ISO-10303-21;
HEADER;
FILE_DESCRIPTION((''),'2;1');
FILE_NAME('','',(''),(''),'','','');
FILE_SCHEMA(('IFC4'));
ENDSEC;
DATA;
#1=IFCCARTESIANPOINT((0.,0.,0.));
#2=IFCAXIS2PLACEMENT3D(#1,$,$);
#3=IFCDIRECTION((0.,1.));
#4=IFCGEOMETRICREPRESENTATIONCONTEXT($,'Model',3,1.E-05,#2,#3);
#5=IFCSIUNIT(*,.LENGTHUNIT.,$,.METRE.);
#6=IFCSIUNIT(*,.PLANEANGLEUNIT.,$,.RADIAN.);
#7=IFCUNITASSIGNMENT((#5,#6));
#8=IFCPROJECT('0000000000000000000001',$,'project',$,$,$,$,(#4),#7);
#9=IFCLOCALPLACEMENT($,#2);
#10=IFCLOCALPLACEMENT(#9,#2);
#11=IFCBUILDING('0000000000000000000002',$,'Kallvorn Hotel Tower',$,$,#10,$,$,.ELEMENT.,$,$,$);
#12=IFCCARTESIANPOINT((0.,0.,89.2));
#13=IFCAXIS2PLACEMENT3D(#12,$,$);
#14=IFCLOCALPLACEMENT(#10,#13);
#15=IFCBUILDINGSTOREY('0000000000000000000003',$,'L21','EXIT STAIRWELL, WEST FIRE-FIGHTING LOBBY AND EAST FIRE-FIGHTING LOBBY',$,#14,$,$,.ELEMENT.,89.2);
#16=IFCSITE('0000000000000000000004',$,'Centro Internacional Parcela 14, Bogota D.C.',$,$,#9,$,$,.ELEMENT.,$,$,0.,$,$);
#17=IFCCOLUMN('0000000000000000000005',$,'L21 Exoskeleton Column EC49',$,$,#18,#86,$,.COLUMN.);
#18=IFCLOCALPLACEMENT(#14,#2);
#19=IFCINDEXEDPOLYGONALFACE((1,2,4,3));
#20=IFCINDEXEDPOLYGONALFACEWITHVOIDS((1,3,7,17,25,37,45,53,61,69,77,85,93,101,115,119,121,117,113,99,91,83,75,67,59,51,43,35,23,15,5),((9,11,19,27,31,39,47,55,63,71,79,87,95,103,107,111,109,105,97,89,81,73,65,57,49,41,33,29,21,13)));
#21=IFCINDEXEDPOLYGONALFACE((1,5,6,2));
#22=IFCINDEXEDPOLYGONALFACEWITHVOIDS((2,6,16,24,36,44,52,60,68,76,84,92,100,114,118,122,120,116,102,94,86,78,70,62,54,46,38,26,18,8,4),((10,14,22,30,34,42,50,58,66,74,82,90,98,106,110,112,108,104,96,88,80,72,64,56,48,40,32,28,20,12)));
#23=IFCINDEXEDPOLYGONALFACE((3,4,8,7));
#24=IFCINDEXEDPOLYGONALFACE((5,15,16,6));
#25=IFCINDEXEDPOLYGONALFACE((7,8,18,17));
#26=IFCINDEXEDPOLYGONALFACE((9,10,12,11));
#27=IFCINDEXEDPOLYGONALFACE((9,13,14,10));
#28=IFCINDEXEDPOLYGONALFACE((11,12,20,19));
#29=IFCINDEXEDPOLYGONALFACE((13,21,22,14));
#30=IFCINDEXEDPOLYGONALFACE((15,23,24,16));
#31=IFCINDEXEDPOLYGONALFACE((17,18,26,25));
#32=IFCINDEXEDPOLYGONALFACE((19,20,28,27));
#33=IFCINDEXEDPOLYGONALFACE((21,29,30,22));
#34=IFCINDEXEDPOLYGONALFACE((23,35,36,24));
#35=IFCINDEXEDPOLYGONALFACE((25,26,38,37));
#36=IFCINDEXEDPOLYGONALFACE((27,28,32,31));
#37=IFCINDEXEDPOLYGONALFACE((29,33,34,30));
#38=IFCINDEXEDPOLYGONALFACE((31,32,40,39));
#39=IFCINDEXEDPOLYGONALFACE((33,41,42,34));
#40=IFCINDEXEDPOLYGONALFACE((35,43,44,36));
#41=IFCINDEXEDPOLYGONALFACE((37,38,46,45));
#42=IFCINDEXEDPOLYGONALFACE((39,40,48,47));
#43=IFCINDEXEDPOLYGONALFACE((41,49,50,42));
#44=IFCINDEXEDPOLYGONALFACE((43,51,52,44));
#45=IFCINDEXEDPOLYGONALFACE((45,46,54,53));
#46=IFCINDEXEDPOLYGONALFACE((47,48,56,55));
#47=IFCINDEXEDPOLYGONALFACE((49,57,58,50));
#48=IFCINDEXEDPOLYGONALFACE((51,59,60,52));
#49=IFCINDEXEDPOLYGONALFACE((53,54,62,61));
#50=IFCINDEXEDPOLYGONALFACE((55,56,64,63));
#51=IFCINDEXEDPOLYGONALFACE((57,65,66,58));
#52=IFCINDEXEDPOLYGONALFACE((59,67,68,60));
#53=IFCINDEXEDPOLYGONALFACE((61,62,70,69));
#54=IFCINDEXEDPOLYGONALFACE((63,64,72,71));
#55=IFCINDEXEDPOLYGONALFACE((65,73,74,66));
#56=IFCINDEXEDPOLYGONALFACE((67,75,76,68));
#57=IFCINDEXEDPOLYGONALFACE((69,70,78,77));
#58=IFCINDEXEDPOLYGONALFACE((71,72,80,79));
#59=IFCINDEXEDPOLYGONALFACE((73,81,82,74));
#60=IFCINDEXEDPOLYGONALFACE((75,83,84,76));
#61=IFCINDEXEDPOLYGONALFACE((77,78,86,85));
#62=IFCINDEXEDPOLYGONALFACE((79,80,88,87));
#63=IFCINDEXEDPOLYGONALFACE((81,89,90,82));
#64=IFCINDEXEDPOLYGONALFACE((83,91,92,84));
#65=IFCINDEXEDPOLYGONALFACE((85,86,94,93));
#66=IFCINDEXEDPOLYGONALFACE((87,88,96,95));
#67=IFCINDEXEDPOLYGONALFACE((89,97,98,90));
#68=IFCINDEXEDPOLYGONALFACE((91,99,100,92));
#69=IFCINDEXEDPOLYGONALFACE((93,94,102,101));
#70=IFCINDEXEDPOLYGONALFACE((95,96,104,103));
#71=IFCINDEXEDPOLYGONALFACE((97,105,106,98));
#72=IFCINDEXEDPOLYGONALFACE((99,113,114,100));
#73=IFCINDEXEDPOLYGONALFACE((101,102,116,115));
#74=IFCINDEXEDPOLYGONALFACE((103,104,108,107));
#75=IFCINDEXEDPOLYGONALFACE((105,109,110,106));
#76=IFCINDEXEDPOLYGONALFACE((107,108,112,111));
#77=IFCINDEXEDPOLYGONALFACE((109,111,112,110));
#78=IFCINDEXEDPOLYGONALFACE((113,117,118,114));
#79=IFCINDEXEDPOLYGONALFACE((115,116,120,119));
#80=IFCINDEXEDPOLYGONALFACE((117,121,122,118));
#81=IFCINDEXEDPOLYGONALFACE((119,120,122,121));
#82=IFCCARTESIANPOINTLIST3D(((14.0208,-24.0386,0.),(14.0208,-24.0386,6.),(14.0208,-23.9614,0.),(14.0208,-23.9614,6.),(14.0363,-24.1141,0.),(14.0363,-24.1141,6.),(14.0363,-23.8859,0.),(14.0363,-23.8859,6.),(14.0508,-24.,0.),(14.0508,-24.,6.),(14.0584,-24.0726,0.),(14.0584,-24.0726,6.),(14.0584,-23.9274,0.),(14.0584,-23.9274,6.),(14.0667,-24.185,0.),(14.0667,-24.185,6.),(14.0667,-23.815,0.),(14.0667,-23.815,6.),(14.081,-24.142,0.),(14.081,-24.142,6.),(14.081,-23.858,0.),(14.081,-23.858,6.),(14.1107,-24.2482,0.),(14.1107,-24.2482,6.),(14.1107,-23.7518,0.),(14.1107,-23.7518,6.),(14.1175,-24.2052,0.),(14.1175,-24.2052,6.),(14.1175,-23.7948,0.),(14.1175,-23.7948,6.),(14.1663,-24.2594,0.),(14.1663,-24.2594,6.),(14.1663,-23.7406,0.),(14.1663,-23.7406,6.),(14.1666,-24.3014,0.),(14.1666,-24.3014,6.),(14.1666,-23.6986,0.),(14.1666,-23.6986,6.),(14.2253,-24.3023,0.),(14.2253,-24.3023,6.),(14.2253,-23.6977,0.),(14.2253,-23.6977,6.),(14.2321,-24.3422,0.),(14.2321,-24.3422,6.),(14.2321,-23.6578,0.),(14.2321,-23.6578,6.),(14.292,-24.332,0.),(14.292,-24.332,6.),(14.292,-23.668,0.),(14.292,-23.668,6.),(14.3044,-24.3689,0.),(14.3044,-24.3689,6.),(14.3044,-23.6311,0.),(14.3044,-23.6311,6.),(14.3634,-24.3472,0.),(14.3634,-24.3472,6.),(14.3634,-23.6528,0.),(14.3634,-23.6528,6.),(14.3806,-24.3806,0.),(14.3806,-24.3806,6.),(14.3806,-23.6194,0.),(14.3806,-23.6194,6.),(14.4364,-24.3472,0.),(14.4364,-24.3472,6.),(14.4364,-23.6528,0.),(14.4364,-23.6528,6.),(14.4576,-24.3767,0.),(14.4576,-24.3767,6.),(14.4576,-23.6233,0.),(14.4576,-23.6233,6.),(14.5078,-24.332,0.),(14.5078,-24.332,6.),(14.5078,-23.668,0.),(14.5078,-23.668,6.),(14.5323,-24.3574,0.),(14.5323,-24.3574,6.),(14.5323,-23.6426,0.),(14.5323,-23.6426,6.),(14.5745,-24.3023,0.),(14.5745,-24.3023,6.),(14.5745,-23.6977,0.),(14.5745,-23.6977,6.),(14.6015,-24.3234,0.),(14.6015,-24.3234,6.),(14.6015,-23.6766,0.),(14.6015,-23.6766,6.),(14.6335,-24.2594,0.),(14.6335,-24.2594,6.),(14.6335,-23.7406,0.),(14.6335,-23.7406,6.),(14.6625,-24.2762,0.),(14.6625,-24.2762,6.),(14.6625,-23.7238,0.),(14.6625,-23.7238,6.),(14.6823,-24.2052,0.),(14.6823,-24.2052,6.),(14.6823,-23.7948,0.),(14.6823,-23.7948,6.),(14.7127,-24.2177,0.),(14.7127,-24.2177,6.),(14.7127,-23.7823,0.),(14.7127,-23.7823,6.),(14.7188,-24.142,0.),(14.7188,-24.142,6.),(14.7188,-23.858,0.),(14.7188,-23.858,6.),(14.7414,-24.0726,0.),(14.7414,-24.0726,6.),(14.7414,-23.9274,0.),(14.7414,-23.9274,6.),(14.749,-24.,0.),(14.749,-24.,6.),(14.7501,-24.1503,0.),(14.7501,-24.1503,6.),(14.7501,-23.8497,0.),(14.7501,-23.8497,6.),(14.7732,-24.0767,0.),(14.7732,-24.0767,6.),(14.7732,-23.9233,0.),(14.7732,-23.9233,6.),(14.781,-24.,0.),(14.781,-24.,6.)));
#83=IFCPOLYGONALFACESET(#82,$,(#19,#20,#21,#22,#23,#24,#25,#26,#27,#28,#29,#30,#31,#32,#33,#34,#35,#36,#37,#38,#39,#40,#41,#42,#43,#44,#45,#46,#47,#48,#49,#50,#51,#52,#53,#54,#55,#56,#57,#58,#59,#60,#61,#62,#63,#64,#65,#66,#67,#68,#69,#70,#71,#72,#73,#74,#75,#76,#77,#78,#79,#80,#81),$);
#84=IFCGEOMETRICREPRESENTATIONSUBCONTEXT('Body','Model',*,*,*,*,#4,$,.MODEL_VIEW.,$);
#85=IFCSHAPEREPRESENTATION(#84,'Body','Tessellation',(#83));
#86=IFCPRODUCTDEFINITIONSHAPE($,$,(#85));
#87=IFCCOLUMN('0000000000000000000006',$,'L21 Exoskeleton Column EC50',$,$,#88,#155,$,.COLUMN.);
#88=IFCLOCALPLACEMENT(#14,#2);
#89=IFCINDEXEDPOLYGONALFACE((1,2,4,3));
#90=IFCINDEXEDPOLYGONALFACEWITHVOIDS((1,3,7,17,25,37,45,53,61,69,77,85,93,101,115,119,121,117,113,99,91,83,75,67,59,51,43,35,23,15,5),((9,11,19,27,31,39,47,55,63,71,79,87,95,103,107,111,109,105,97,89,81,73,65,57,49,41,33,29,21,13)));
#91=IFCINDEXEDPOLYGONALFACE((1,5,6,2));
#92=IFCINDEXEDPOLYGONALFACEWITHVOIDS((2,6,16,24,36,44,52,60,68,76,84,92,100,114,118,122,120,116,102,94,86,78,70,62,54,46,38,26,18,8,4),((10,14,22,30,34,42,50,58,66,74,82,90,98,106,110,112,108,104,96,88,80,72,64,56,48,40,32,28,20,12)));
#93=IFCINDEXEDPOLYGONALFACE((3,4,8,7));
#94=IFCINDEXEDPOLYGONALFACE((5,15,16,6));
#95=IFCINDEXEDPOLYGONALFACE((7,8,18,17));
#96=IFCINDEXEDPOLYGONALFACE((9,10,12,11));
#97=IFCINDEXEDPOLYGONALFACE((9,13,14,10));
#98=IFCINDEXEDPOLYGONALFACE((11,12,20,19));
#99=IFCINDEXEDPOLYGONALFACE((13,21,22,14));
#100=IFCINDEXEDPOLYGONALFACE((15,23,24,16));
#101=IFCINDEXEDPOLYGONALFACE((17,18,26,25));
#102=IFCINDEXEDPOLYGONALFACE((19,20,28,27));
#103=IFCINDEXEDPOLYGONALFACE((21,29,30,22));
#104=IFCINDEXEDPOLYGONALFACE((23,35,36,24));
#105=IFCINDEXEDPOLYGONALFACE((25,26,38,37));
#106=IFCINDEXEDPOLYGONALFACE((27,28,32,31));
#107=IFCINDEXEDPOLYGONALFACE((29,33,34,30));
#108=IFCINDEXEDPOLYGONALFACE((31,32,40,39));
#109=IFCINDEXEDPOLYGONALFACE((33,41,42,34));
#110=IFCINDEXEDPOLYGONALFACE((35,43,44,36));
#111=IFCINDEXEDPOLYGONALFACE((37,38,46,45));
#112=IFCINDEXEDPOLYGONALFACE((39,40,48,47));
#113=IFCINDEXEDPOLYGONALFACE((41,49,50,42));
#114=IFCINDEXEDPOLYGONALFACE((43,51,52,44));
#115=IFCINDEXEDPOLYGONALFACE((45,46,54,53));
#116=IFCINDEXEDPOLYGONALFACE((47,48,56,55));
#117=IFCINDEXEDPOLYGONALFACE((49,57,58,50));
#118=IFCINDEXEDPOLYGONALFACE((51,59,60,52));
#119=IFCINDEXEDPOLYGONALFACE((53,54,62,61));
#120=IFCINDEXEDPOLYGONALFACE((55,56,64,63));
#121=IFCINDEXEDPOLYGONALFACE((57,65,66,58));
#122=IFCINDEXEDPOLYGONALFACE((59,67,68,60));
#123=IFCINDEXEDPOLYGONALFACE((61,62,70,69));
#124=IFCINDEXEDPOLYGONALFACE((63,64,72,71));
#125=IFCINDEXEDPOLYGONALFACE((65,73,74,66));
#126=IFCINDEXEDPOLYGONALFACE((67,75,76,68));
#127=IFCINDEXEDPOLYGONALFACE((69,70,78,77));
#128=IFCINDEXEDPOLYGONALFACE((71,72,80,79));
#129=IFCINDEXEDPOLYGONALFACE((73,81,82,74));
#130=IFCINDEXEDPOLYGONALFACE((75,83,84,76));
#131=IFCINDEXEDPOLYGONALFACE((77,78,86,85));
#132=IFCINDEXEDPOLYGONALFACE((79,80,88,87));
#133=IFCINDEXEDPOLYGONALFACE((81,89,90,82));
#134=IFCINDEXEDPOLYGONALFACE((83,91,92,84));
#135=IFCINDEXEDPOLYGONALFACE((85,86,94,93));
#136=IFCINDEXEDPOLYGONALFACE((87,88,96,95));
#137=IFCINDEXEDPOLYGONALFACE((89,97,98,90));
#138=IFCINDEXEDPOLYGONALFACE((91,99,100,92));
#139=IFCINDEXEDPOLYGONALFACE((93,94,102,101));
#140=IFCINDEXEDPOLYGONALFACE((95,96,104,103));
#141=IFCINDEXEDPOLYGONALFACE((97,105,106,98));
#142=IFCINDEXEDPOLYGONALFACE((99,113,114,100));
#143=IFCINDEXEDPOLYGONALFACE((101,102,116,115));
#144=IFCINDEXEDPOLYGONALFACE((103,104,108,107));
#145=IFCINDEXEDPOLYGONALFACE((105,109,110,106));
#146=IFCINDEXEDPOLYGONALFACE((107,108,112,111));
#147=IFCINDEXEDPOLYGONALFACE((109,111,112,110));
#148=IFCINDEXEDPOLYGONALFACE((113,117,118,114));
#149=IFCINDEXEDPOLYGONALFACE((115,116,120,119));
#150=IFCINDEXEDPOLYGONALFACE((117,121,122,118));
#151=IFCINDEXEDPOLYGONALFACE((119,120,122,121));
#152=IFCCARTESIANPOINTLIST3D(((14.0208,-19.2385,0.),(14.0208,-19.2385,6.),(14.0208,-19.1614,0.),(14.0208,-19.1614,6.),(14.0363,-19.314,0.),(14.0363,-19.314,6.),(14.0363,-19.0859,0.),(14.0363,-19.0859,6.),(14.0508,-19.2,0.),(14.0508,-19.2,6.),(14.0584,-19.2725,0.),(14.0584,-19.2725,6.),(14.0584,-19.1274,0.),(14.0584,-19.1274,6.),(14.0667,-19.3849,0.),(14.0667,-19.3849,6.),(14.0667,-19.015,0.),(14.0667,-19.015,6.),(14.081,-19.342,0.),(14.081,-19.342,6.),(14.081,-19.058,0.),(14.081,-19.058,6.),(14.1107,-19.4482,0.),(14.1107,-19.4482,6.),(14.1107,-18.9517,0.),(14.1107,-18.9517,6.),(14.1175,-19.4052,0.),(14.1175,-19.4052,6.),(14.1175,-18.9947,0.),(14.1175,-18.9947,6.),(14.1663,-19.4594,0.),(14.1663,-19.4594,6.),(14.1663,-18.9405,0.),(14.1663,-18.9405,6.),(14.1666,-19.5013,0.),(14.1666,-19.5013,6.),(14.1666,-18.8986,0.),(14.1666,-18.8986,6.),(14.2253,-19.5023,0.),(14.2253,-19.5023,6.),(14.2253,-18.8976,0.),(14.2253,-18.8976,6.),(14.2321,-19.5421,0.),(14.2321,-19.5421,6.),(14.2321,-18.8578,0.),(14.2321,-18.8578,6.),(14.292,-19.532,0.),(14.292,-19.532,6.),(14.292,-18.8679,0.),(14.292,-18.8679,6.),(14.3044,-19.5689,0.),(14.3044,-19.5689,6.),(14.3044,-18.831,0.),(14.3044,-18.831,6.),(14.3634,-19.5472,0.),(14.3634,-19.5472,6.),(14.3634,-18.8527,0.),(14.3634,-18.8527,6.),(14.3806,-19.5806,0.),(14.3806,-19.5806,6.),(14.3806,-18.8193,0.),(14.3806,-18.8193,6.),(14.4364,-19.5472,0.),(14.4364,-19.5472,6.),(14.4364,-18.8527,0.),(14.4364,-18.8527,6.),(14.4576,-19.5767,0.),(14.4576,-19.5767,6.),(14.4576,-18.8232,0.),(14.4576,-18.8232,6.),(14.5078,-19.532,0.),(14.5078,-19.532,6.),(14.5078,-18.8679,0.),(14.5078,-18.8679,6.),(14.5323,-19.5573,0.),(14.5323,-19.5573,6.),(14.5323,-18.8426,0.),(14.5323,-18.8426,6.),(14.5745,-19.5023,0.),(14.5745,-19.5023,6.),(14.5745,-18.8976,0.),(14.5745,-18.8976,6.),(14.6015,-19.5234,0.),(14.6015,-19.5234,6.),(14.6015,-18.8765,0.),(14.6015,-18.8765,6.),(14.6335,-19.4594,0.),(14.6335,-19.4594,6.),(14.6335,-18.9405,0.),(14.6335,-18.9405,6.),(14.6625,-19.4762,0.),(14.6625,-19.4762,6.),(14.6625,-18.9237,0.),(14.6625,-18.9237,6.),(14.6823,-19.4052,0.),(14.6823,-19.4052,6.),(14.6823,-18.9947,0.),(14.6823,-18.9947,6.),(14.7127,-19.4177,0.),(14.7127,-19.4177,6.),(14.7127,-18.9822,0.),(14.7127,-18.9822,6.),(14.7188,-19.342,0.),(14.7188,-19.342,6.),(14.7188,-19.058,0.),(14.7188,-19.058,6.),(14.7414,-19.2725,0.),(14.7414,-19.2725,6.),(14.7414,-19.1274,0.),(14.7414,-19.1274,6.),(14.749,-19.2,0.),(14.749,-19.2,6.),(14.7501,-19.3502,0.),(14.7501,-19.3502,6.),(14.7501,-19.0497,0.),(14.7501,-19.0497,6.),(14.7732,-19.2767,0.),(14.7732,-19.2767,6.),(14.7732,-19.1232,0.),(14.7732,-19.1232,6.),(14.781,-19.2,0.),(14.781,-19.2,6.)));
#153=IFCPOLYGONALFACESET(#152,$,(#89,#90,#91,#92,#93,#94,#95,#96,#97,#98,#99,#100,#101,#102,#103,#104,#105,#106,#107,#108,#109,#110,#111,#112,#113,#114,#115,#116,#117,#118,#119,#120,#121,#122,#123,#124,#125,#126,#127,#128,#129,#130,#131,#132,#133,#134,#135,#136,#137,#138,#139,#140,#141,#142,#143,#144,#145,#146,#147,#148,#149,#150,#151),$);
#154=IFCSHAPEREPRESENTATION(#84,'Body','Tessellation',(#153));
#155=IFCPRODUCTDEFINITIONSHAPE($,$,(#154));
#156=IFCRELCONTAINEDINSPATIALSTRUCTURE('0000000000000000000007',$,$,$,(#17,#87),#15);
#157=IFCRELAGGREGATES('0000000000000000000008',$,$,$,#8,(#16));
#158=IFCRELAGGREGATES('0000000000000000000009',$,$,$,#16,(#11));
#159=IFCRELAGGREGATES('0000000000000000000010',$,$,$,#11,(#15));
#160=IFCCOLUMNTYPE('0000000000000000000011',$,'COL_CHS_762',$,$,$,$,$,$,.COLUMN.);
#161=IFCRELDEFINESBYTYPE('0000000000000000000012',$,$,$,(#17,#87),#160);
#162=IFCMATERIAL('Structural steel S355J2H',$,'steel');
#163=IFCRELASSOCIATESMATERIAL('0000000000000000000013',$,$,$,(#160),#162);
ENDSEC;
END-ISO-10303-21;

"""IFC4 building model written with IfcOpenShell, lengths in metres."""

from ifc_helpers import new_model, si_unit, direction, frame, origin, origin_2d, place, context, subcontext, project, spatial, hollow_circle, extrude, material, material_profile, profile_set, type_object, element, save


model = new_model("IFC4")

# Units and contexts
model_context = context("Model", 3, precision=1e-05, world=origin(), true_north=direction((0.0, 1.0)))
body_context = subcontext(model_context, "Body", "Model", "MODEL_VIEW")
ifc_project = project(units=[si_unit("LENGTHUNIT", "METRE"), si_unit("PLANEANGLEUNIT", "RADIAN")], contexts=[model_context])

# Site, building, storey
site_placement = place(None, origin())
site = spatial("IfcSite", under=ifc_project, at=site_placement, Name="Centro Internacional Parcela 14, Bogota D.C.", CompositionType="ELEMENT", RefElevation=0.0)
building_placement = place(site_placement, origin())
building = spatial("IfcBuilding", under=site, at=building_placement, Name="Kallvorn Hotel Tower", CompositionType="ELEMENT")
storey_placement = place(building_placement, frame((0.0, 0.0, 89.2)))
storey = spatial("IfcBuildingStorey", under=building, at=storey_placement, Name="L21", Description="EXIT STAIRWELL, WEST FIRE-FIGHTING LOBBY AND EAST FIRE-FIGHTING LOBBY", CompositionType="ELEMENT", Elevation=89.2)

# Columns
ifc_material_1 = material(Name="Structural steel S355J2H", Category="steel")
ifc_material_profile_1 = material_profile(ifc_material_1, hollow_circle(Radius=0.3811, WallThickness=0.032, at=origin_2d()), Name="CHS 762x32")
ifc_profile_set_1 = profile_set([ifc_material_profile_1], Name="Structural steel S355J2H")
column_type_1 = type_object("IfcColumnType", Name="COL_CHS_762", PredefinedType="COLUMN", material=ifc_profile_set_1)
for number, where, z_axis, x_axis, name in (
    (1, (14.3999, -24.0, 0.0), (0.0, 0.0, 1.0), (1.0, 0.0, 0.0), "L21 Exoskeleton Column EC49"),
    (2, (14.3999, -19.2, 0.0), (0.0, 0.0, 1.0), (1.0, 0.0, 0.0), "L21 Exoskeleton Column EC50"),
):
    element("IfcColumn", number, at=place(storey_placement, frame(where, z_axis=z_axis, x_axis=x_axis)), inside=storey, type_object=column_type_1, Name=name, PredefinedType="COLUMN", context=body_context, shape_type="SweptSolid", body=[
        extrude(hollow_circle(Radius=0.3811, WallThickness=0.032, at=origin_2d()), origin(), (0.0, 0.0, 1.0), 6.0),
    ])

save(model, "model.ifc")
